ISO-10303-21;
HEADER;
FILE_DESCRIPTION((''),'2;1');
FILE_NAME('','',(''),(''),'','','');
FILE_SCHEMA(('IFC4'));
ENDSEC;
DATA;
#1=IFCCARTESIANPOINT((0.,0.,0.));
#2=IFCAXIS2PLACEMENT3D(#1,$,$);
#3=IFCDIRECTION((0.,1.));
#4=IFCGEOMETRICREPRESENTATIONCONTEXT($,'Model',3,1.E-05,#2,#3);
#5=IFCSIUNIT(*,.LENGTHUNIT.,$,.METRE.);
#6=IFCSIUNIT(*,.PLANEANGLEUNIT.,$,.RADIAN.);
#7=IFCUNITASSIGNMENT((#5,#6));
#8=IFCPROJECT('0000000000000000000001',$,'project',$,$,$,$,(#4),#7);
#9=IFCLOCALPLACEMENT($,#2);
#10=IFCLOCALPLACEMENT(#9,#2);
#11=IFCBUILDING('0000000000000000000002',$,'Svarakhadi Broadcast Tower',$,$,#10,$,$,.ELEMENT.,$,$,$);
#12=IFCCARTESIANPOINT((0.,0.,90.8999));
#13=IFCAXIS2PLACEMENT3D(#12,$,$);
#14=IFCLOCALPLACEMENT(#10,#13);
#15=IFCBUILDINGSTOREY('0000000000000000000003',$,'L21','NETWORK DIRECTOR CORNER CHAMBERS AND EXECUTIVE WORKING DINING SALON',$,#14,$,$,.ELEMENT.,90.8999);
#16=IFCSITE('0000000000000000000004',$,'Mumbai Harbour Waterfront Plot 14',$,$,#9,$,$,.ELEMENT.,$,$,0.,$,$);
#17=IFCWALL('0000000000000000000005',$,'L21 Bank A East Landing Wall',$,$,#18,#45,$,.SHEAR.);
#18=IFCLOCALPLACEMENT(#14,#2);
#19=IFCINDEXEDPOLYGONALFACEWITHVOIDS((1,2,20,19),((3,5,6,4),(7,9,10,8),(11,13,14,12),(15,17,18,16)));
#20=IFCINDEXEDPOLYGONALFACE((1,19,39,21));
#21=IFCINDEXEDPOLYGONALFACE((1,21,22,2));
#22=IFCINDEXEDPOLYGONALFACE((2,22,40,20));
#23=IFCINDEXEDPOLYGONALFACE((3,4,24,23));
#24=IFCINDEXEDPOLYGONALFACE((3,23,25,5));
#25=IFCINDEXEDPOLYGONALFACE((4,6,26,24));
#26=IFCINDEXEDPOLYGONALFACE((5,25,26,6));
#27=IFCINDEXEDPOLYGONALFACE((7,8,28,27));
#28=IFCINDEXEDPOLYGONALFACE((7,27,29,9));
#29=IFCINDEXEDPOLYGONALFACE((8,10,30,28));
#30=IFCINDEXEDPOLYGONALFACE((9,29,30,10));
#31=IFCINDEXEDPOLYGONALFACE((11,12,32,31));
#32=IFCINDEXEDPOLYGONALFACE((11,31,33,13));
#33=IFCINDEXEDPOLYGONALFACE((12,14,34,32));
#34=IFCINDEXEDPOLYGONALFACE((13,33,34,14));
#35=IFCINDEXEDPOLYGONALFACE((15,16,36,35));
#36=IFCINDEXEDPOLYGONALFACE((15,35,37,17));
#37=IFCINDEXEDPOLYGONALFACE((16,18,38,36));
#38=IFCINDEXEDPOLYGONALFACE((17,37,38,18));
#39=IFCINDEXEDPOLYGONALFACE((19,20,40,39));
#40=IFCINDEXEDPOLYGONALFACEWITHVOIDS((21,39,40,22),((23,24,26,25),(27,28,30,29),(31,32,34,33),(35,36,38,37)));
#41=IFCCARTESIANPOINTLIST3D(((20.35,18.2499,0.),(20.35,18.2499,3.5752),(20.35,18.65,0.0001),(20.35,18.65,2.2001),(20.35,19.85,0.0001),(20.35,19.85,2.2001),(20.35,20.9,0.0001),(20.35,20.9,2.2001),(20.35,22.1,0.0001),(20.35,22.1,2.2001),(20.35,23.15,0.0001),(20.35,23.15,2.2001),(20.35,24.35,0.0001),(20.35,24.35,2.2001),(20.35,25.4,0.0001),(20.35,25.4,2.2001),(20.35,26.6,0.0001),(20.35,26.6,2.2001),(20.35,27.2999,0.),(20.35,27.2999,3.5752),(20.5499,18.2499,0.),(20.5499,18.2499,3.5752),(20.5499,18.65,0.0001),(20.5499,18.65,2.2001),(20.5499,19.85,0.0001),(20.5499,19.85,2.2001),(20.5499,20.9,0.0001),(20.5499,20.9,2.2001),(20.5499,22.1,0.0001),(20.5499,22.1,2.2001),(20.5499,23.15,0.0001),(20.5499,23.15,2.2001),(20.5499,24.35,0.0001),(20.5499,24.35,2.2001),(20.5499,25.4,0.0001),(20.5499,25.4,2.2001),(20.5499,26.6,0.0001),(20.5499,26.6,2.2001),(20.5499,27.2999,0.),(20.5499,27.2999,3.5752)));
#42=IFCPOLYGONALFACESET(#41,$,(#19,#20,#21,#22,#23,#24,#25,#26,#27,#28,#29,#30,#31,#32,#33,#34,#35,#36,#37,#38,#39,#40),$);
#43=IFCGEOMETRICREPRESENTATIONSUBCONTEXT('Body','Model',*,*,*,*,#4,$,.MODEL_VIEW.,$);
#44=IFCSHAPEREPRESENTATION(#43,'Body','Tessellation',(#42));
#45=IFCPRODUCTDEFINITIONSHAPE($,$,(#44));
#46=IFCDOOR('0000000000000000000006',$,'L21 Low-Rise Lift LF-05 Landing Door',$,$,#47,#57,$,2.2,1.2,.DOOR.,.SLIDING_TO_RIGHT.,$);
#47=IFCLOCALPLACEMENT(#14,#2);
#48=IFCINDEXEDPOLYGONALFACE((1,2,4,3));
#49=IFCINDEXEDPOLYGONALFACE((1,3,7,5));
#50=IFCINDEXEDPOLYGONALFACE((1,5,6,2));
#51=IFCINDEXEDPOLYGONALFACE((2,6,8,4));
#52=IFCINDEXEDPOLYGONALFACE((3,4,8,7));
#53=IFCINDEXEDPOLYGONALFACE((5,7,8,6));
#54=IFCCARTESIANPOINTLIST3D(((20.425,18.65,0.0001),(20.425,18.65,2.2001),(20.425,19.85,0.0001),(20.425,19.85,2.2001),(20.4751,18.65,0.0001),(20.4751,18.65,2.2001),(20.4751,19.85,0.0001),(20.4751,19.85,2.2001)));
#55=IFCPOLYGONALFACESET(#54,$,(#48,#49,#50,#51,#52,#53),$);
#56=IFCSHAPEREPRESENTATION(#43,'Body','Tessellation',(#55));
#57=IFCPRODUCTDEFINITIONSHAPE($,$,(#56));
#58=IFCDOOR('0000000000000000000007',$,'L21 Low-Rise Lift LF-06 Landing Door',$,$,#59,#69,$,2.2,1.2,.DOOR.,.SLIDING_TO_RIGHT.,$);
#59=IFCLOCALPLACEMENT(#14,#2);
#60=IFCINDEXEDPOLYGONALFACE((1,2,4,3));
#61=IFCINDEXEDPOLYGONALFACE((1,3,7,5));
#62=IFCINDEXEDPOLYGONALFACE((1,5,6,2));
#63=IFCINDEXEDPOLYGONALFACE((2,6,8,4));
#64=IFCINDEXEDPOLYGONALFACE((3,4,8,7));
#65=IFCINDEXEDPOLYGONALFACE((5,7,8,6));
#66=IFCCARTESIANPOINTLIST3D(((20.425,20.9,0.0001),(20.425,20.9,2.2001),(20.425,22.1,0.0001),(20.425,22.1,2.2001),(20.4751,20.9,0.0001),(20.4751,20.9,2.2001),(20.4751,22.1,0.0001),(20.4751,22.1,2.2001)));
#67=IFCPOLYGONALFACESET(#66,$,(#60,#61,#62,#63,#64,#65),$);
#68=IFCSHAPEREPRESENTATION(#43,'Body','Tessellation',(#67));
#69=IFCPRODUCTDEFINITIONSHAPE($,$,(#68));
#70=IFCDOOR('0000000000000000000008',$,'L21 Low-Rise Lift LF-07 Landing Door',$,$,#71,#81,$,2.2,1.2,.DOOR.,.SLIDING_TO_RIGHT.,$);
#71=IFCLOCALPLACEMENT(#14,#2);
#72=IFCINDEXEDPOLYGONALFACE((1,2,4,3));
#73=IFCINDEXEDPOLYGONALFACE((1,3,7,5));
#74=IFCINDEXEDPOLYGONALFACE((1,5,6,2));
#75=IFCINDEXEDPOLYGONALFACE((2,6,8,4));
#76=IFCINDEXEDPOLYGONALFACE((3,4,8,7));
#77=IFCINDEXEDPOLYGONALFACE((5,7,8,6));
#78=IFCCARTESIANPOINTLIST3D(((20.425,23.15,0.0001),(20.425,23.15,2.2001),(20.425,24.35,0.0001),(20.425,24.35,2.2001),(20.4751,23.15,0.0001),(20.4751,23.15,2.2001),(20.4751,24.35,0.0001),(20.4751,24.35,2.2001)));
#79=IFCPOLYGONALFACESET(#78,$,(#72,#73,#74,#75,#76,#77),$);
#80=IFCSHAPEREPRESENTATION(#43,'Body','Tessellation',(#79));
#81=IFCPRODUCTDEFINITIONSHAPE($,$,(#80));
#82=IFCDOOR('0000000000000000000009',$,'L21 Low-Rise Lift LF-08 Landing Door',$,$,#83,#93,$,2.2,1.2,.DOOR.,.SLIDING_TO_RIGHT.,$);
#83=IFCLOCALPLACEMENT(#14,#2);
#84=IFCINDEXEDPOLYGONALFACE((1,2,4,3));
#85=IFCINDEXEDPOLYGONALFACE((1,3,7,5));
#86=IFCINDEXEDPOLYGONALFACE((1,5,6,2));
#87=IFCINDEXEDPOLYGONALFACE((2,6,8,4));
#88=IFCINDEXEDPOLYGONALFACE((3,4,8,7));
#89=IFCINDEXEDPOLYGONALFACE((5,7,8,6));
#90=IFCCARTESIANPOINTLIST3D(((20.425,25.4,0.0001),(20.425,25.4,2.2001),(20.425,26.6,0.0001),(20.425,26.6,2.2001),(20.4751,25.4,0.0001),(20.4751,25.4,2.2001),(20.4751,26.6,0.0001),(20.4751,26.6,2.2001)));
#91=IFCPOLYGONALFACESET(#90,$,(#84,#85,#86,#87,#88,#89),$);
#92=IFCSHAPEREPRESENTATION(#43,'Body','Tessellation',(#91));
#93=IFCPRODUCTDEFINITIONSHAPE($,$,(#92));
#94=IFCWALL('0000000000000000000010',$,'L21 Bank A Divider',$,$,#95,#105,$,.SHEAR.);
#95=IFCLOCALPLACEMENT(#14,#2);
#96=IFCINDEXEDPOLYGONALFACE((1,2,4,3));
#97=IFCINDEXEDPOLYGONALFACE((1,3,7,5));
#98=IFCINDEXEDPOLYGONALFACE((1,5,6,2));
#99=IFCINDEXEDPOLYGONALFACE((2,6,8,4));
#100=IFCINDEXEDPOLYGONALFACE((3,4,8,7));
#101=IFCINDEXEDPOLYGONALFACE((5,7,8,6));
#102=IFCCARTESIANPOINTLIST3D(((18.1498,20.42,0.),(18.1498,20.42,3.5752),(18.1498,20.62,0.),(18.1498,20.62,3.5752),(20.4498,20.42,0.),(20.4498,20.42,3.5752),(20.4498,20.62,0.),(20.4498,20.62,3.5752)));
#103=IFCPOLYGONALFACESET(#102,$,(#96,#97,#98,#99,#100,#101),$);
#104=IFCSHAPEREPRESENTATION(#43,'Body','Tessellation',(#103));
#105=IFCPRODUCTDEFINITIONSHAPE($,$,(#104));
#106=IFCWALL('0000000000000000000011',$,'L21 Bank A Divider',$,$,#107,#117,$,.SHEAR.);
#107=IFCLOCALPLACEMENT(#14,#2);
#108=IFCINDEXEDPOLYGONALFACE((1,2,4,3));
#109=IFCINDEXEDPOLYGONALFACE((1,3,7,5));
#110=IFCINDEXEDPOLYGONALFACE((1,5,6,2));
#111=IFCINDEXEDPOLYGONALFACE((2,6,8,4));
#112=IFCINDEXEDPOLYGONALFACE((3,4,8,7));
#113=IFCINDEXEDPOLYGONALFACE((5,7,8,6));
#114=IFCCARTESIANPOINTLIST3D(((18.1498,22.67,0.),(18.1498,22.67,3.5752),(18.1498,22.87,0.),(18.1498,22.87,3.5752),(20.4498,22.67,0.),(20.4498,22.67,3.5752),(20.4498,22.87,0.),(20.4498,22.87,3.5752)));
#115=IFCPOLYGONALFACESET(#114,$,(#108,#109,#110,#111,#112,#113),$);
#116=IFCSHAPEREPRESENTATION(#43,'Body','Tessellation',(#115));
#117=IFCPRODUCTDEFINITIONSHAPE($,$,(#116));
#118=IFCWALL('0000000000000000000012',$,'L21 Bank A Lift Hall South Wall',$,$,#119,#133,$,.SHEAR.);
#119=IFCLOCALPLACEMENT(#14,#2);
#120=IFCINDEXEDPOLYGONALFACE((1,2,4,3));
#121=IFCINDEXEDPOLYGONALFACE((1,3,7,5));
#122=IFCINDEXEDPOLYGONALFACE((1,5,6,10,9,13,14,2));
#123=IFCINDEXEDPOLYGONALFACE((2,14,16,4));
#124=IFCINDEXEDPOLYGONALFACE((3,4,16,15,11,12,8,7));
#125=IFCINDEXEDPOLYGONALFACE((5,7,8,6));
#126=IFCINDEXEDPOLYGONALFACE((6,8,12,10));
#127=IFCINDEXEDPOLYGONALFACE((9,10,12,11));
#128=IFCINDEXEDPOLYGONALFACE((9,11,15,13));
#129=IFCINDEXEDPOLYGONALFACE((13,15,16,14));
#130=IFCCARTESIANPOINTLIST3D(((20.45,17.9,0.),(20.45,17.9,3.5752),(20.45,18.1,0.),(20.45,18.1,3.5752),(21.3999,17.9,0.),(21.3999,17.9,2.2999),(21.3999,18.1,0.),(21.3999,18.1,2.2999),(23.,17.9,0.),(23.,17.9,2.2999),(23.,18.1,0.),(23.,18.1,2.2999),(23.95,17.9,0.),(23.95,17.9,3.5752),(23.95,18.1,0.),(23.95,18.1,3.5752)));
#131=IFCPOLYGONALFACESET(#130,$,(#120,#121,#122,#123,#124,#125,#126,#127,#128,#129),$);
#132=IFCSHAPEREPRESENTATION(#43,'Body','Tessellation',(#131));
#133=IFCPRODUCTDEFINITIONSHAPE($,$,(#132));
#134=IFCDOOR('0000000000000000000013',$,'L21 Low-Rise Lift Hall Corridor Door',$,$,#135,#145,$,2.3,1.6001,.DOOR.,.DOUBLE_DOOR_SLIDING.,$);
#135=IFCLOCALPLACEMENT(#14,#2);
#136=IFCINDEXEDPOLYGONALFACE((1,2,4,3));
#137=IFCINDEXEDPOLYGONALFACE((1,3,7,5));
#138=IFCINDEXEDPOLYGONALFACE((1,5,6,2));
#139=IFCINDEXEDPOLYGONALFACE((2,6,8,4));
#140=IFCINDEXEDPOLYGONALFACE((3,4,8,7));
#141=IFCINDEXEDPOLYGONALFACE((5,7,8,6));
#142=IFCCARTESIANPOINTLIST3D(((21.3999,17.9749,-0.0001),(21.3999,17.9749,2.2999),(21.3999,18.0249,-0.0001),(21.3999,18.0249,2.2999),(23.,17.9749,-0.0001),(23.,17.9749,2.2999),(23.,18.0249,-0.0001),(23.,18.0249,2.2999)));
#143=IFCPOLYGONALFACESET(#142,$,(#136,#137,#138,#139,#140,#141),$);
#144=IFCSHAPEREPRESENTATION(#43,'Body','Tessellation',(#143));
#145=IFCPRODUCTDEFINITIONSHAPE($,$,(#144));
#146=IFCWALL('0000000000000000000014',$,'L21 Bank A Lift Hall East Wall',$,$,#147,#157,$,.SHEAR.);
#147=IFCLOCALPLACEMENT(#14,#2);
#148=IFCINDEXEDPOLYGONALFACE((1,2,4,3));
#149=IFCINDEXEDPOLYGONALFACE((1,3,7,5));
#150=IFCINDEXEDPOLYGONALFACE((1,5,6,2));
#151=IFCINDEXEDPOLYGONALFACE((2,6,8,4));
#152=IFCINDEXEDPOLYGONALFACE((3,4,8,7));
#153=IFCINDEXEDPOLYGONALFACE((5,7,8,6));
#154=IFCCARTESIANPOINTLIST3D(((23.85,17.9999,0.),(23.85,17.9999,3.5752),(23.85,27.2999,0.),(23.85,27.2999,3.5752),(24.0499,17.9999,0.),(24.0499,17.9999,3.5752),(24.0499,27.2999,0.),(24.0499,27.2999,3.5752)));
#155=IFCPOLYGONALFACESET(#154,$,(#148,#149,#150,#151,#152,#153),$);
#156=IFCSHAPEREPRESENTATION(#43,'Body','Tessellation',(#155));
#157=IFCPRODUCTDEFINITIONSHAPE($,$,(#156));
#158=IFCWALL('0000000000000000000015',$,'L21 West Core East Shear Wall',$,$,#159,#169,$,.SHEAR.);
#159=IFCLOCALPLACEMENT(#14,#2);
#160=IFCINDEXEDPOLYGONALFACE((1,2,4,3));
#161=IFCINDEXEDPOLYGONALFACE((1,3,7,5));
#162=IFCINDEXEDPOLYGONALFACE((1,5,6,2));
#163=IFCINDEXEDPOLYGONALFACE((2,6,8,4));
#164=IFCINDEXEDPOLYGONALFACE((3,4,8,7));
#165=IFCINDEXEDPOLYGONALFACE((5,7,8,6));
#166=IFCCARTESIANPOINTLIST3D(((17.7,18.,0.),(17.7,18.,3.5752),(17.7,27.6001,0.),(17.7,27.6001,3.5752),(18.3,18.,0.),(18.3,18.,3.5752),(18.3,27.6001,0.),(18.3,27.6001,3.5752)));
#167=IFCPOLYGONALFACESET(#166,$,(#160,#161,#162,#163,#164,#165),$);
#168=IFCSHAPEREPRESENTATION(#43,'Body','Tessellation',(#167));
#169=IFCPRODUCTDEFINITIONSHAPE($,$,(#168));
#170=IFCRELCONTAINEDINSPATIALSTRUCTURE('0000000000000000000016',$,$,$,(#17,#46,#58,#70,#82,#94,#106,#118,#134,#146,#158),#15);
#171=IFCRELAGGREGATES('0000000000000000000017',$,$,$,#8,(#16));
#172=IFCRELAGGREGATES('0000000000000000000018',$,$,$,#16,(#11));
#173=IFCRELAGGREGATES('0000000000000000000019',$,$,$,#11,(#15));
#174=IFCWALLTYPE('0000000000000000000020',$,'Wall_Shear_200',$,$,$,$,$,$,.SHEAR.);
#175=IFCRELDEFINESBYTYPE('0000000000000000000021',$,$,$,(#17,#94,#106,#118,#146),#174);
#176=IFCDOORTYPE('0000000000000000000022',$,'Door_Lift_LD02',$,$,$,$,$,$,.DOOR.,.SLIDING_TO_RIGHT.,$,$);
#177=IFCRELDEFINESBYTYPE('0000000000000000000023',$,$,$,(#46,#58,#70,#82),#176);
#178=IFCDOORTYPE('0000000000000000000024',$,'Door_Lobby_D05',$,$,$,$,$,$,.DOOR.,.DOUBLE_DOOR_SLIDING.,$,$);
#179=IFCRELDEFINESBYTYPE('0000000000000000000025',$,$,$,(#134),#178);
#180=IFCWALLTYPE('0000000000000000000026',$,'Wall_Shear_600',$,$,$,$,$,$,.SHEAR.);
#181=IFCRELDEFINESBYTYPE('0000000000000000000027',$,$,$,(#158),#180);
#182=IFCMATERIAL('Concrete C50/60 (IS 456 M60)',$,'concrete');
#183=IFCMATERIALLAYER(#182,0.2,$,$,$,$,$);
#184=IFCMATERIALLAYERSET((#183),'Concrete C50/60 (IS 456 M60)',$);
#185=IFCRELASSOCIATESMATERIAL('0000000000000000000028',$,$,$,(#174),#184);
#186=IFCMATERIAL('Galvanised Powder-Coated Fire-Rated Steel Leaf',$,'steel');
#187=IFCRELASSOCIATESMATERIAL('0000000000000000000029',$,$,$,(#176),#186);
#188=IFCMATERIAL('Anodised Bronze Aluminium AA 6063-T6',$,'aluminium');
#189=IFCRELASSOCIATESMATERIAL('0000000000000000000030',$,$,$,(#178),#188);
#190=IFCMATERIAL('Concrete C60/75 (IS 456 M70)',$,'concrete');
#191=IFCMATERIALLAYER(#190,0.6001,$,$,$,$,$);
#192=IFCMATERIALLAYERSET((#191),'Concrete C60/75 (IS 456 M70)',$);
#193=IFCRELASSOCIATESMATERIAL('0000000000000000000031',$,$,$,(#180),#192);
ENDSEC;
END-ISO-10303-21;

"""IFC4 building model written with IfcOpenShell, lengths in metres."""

from ifc_helpers import new_model, si_unit, direction, frame, frame_2d, origin, place, context, subcontext, project, spatial, rectangle, extrude, material, layer, layer_set, type_object, element, fill, save


model = new_model("IFC4")

# Units and contexts
model_context = context("Model", 3, precision=1e-05, world=origin(), true_north=direction((0.0, 1.0)))
body_context = subcontext(model_context, "Body", "Model", "MODEL_VIEW")
ifc_project = project(units=[si_unit("LENGTHUNIT", "METRE"), si_unit("PLANEANGLEUNIT", "RADIAN")], contexts=[model_context])

# Site, building, storey
site_placement = place(None, origin())
site = spatial("IfcSite", under=ifc_project, at=site_placement, Name="Mumbai Harbour Waterfront Plot 14", CompositionType="ELEMENT", RefElevation=0.0)
building_placement = place(site_placement, origin())
building = spatial("IfcBuilding", under=site, at=building_placement, Name="Svarakhadi Broadcast Tower", CompositionType="ELEMENT")
storey_placement = place(building_placement, frame((0.0, 0.0, 90.8999)))
storey = spatial("IfcBuildingStorey", under=building, at=storey_placement, Name="L21", Description="NETWORK DIRECTOR CORNER CHAMBERS AND EXECUTIVE WORKING DINING SALON", CompositionType="ELEMENT", Elevation=90.8999)

# Shared definitions
ifc_material_1 = material(Name="Concrete C60/75 (IS 456 M70)", Category="concrete")

# Shared definitions
ifc_material_2 = material(Name="Anodised Bronze Aluminium AA 6063-T6", Category="aluminium")

# Shared definitions
ifc_material_3 = material(Name="Concrete C50/60 (IS 456 M60)", Category="concrete")
ifc_layer_1 = layer(ifc_material_3, 0.2)
ifc_layer_set_1 = layer_set([ifc_layer_1], Name="Concrete C50/60 (IS 456 M60)")
wall_type_1 = type_object("IfcWallType", Name="Wall_Shear_200", PredefinedType="SHEAR", material=ifc_layer_set_1)

# Wall, openings, doors
wall_1_placement = place(storey_placement, frame((20.45, 18.25, 0.0), z_axis=(0.0, 0.0, 1.0), x_axis=(0.0, 1.0, 0.0)))
wall_1 = element("IfcWall", 1, at=wall_1_placement, inside=storey, type_object=wall_type_1, Name="L21 Bank A East Landing Wall", PredefinedType="SHEAR", context=body_context, shape_type="SweptSolid", body=[
    extrude(rectangle(XDim=9.05, YDim=0.2, at=frame_2d((4.5249, 0.0))), origin(), (0.0, 0.0, 1.0), 3.5752),
])
opening_1_placement = place(wall_1_placement, frame((0.3999, 0.0, 0.0)))
opening_1 = element("IfcOpeningElement", 2, at=opening_1_placement, cuts=wall_1, PredefinedType="OPENING", context=body_context, shape_type="SweptSolid", body=[
    extrude(rectangle(XDim=1.2, YDim=2.2, at=frame_2d((0.6001, 1.1001))), frame((0.0, 0.1099, 0.0), z_axis=(0.0, -1.0, 0.0), x_axis=(1.0, 0.0, 0.0)), (0.0, 0.0, 1.0), 0.22),
])
opening_2_placement = place(wall_1_placement, frame((2.6499, 0.0, 0.0)))
opening_2 = element("IfcOpeningElement", 3, at=opening_2_placement, cuts=wall_1, PredefinedType="OPENING", context=body_context, shape_type="SweptSolid", body=[
    extrude(rectangle(XDim=1.2, YDim=2.2, at=frame_2d((0.6001, 1.1001))), frame((0.0, 0.1099, 0.0), z_axis=(0.0, -1.0, 0.0), x_axis=(1.0, 0.0, 0.0)), (0.0, 0.0, 1.0), 0.22),
])
opening_3_placement = place(wall_1_placement, frame((4.8999, 0.0, 0.0)))
opening_3 = element("IfcOpeningElement", 4, at=opening_3_placement, cuts=wall_1, PredefinedType="OPENING", context=body_context, shape_type="SweptSolid", body=[
    extrude(rectangle(XDim=1.2, YDim=2.2, at=frame_2d((0.6001, 1.1001))), frame((0.0, 0.1099, 0.0), z_axis=(0.0, -1.0, 0.0), x_axis=(1.0, 0.0, 0.0)), (0.0, 0.0, 1.0), 0.22),
])
opening_4_placement = place(wall_1_placement, frame((7.1499, 0.0, 0.0)))
opening_4 = element("IfcOpeningElement", 5, at=opening_4_placement, cuts=wall_1, PredefinedType="OPENING", context=body_context, shape_type="SweptSolid", body=[
    extrude(rectangle(XDim=1.2, YDim=2.2, at=frame_2d((0.6001, 1.1001))), frame((0.0, 0.1099, 0.0), z_axis=(0.0, -1.0, 0.0), x_axis=(1.0, 0.0, 0.0)), (0.0, 0.0, 1.0), 0.22),
])
ifc_material_4 = material(Name="Galvanised Powder-Coated Fire-Rated Steel Leaf", Category="steel")
door_type_1 = type_object("IfcDoorType", Name="Door_Lift_LD02", OperationType="SLIDING_TO_RIGHT", PredefinedType="DOOR", material=ifc_material_4)
door_1_placement = place(opening_1_placement, origin())
door_1 = element("IfcDoor", 6, at=door_1_placement, inside=storey, type_object=door_type_1, Name="L21 Low-Rise Lift LF-05 Landing Door", OperationType="SLIDING_TO_RIGHT", OverallHeight=2.2, OverallWidth=1.2, PredefinedType="DOOR", context=body_context, shape_type="SweptSolid", body=[
    extrude(rectangle(XDim=1.2, YDim=2.2, at=frame_2d((0.6001, 1.1001))), frame((0.0, 0.0249, 0.0), z_axis=(0.0, -1.0, 0.0), x_axis=(1.0, 0.0, 0.0)), (0.0, 0.0, 1.0), 0.05),
])
fill(opening_1, door_1)
door_2_placement = place(opening_2_placement, origin())
door_2 = element("IfcDoor", 7, at=door_2_placement, inside=storey, type_object=door_type_1, Name="L21 Low-Rise Lift LF-06 Landing Door", OperationType="SLIDING_TO_RIGHT", OverallHeight=2.2, OverallWidth=1.2, PredefinedType="DOOR", context=body_context, shape_type="SweptSolid", body=[
    extrude(rectangle(XDim=1.2, YDim=2.2, at=frame_2d((0.6001, 1.1001))), frame((0.0, 0.0249, 0.0), z_axis=(0.0, -1.0, 0.0), x_axis=(1.0, 0.0, 0.0)), (0.0, 0.0, 1.0), 0.05),
])
fill(opening_2, door_2)
door_3_placement = place(opening_3_placement, origin())
door_3 = element("IfcDoor", 8, at=door_3_placement, inside=storey, type_object=door_type_1, Name="L21 Low-Rise Lift LF-07 Landing Door", OperationType="SLIDING_TO_RIGHT", OverallHeight=2.2, OverallWidth=1.2, PredefinedType="DOOR", context=body_context, shape_type="SweptSolid", body=[
    extrude(rectangle(XDim=1.2, YDim=2.2, at=frame_2d((0.6001, 1.1001))), frame((0.0, 0.0249, 0.0), z_axis=(0.0, -1.0, 0.0), x_axis=(1.0, 0.0, 0.0)), (0.0, 0.0, 1.0), 0.05),
])
fill(opening_3, door_3)
door_4_placement = place(opening_4_placement, origin())
door_4 = element("IfcDoor", 9, at=door_4_placement, inside=storey, type_object=door_type_1, Name="L21 Low-Rise Lift LF-08 Landing Door", OperationType="SLIDING_TO_RIGHT", OverallHeight=2.2, OverallWidth=1.2, PredefinedType="DOOR", context=body_context, shape_type="SweptSolid", body=[
    extrude(rectangle(XDim=1.2, YDim=2.2, at=frame_2d((0.6001, 1.1001))), frame((0.0, 0.0249, 0.0), z_axis=(0.0, -1.0, 0.0), x_axis=(1.0, 0.0, 0.0)), (0.0, 0.0, 1.0), 0.05),
])
fill(opening_4, door_4)

# Walls
for number, where, z_axis, x_axis, name in (
    (10, (18.1499, 20.52, 0.0), (0.0, 0.0, 1.0), (1.0, 0.0, 0.0), "L21 Bank A Divider"),
    (11, (18.1499, 22.77, 0.0), (0.0, 0.0, 1.0), (1.0, 0.0, 0.0), "L21 Bank A Divider"),
):
    element("IfcWall", number, at=place(storey_placement, frame(where, z_axis=z_axis, x_axis=x_axis)), inside=storey, type_object=wall_type_1, Name=name, PredefinedType="SHEAR", context=body_context, shape_type="SweptSolid", body=[
        extrude(rectangle(XDim=2.3, YDim=0.2, at=frame_2d((1.1499, 0.0))), origin(), (0.0, 0.0, 1.0), 3.5752),
    ])

# Wall, opening, door
wall_2_placement = place(storey_placement, frame((20.45, 18.0, 0.0), z_axis=(0.0, 0.0, 1.0), x_axis=(1.0, 0.0, 0.0)))
wall_2 = element("IfcWall", 12, at=wall_2_placement, inside=storey, type_object=wall_type_1, Name="L21 Bank A Lift Hall South Wall", PredefinedType="SHEAR", context=body_context, shape_type="SweptSolid", body=[
    extrude(rectangle(XDim=3.5, YDim=0.2, at=frame_2d((1.75, 0.0))), origin(), (0.0, 0.0, 1.0), 3.5752),
])
opening_5_placement = place(wall_2_placement, frame((0.95, 0.0, 0.0)))
opening_5 = element("IfcOpeningElement", 13, at=opening_5_placement, cuts=wall_2, PredefinedType="OPENING", context=body_context, shape_type="SweptSolid", body=[
    extrude(rectangle(XDim=1.6001, YDim=2.3, at=frame_2d((0.8, 1.1499))), frame((0.0, 0.1099, 0.0), z_axis=(0.0, -1.0, 0.0), x_axis=(1.0, 0.0, 0.0)), (0.0, 0.0, 1.0), 0.22),
])
door_type_2 = type_object("IfcDoorType", Name="Door_Lobby_D05", OperationType="DOUBLE_DOOR_SLIDING", PredefinedType="DOOR", material=ifc_material_2)
door_5_placement = place(opening_5_placement, origin())
door_5 = element("IfcDoor", 14, at=door_5_placement, inside=storey, type_object=door_type_2, Name="L21 Low-Rise Lift Hall Corridor Door", OperationType="DOUBLE_DOOR_SLIDING", OverallHeight=2.3, OverallWidth=1.6001, PredefinedType="DOOR", context=body_context, shape_type="SweptSolid", body=[
    extrude(rectangle(XDim=1.6001, YDim=2.3, at=frame_2d((0.8, 1.1499))), frame((0.0, 0.0249, 0.0), z_axis=(0.0, -1.0, 0.0), x_axis=(1.0, 0.0, 0.0)), (0.0, 0.0, 1.0), 0.05),
])
fill(opening_5, door_5)

# Walls
wall_3_placement = place(storey_placement, frame((23.95, 18.0, 0.0), z_axis=(0.0, 0.0, 1.0), x_axis=(0.0, 1.0, 0.0)))
element("IfcWall", 15, at=wall_3_placement, inside=storey, type_object=wall_type_1, Name="L21 Bank A Lift Hall East Wall", PredefinedType="SHEAR", context=body_context, shape_type="SweptSolid", body=[
    extrude(rectangle(XDim=9.3, YDim=0.2, at=frame_2d((4.6499, 0.0))), origin(), (0.0, 0.0, 1.0), 3.5752),
])
ifc_layer_2 = layer(ifc_material_1, 0.6001)
ifc_layer_set_2 = layer_set([ifc_layer_2], Name="Concrete C60/75 (IS 456 M70)")
wall_type_2 = type_object("IfcWallType", Name="Wall_Shear_600", PredefinedType="SHEAR", material=ifc_layer_set_2)
for number, where, z_axis, x_axis, name in (
    (16, (18.0, 18.0, 0.0), (0.0, 0.0, 1.0), (0.0, 1.0, 0.0), "L21 West Core East Shear Wall"),
):
    element("IfcWall", number, at=place(storey_placement, frame(where, z_axis=z_axis, x_axis=x_axis)), inside=storey, type_object=wall_type_2, Name=name, PredefinedType="SHEAR", context=body_context, shape_type="SweptSolid", body=[
        extrude(rectangle(XDim=9.6001, YDim=0.6001, at=frame_2d((4.8, 0.0))), origin(), (0.0, 0.0, 1.0), 3.5752),
    ])

save(model, "model.ifc")
